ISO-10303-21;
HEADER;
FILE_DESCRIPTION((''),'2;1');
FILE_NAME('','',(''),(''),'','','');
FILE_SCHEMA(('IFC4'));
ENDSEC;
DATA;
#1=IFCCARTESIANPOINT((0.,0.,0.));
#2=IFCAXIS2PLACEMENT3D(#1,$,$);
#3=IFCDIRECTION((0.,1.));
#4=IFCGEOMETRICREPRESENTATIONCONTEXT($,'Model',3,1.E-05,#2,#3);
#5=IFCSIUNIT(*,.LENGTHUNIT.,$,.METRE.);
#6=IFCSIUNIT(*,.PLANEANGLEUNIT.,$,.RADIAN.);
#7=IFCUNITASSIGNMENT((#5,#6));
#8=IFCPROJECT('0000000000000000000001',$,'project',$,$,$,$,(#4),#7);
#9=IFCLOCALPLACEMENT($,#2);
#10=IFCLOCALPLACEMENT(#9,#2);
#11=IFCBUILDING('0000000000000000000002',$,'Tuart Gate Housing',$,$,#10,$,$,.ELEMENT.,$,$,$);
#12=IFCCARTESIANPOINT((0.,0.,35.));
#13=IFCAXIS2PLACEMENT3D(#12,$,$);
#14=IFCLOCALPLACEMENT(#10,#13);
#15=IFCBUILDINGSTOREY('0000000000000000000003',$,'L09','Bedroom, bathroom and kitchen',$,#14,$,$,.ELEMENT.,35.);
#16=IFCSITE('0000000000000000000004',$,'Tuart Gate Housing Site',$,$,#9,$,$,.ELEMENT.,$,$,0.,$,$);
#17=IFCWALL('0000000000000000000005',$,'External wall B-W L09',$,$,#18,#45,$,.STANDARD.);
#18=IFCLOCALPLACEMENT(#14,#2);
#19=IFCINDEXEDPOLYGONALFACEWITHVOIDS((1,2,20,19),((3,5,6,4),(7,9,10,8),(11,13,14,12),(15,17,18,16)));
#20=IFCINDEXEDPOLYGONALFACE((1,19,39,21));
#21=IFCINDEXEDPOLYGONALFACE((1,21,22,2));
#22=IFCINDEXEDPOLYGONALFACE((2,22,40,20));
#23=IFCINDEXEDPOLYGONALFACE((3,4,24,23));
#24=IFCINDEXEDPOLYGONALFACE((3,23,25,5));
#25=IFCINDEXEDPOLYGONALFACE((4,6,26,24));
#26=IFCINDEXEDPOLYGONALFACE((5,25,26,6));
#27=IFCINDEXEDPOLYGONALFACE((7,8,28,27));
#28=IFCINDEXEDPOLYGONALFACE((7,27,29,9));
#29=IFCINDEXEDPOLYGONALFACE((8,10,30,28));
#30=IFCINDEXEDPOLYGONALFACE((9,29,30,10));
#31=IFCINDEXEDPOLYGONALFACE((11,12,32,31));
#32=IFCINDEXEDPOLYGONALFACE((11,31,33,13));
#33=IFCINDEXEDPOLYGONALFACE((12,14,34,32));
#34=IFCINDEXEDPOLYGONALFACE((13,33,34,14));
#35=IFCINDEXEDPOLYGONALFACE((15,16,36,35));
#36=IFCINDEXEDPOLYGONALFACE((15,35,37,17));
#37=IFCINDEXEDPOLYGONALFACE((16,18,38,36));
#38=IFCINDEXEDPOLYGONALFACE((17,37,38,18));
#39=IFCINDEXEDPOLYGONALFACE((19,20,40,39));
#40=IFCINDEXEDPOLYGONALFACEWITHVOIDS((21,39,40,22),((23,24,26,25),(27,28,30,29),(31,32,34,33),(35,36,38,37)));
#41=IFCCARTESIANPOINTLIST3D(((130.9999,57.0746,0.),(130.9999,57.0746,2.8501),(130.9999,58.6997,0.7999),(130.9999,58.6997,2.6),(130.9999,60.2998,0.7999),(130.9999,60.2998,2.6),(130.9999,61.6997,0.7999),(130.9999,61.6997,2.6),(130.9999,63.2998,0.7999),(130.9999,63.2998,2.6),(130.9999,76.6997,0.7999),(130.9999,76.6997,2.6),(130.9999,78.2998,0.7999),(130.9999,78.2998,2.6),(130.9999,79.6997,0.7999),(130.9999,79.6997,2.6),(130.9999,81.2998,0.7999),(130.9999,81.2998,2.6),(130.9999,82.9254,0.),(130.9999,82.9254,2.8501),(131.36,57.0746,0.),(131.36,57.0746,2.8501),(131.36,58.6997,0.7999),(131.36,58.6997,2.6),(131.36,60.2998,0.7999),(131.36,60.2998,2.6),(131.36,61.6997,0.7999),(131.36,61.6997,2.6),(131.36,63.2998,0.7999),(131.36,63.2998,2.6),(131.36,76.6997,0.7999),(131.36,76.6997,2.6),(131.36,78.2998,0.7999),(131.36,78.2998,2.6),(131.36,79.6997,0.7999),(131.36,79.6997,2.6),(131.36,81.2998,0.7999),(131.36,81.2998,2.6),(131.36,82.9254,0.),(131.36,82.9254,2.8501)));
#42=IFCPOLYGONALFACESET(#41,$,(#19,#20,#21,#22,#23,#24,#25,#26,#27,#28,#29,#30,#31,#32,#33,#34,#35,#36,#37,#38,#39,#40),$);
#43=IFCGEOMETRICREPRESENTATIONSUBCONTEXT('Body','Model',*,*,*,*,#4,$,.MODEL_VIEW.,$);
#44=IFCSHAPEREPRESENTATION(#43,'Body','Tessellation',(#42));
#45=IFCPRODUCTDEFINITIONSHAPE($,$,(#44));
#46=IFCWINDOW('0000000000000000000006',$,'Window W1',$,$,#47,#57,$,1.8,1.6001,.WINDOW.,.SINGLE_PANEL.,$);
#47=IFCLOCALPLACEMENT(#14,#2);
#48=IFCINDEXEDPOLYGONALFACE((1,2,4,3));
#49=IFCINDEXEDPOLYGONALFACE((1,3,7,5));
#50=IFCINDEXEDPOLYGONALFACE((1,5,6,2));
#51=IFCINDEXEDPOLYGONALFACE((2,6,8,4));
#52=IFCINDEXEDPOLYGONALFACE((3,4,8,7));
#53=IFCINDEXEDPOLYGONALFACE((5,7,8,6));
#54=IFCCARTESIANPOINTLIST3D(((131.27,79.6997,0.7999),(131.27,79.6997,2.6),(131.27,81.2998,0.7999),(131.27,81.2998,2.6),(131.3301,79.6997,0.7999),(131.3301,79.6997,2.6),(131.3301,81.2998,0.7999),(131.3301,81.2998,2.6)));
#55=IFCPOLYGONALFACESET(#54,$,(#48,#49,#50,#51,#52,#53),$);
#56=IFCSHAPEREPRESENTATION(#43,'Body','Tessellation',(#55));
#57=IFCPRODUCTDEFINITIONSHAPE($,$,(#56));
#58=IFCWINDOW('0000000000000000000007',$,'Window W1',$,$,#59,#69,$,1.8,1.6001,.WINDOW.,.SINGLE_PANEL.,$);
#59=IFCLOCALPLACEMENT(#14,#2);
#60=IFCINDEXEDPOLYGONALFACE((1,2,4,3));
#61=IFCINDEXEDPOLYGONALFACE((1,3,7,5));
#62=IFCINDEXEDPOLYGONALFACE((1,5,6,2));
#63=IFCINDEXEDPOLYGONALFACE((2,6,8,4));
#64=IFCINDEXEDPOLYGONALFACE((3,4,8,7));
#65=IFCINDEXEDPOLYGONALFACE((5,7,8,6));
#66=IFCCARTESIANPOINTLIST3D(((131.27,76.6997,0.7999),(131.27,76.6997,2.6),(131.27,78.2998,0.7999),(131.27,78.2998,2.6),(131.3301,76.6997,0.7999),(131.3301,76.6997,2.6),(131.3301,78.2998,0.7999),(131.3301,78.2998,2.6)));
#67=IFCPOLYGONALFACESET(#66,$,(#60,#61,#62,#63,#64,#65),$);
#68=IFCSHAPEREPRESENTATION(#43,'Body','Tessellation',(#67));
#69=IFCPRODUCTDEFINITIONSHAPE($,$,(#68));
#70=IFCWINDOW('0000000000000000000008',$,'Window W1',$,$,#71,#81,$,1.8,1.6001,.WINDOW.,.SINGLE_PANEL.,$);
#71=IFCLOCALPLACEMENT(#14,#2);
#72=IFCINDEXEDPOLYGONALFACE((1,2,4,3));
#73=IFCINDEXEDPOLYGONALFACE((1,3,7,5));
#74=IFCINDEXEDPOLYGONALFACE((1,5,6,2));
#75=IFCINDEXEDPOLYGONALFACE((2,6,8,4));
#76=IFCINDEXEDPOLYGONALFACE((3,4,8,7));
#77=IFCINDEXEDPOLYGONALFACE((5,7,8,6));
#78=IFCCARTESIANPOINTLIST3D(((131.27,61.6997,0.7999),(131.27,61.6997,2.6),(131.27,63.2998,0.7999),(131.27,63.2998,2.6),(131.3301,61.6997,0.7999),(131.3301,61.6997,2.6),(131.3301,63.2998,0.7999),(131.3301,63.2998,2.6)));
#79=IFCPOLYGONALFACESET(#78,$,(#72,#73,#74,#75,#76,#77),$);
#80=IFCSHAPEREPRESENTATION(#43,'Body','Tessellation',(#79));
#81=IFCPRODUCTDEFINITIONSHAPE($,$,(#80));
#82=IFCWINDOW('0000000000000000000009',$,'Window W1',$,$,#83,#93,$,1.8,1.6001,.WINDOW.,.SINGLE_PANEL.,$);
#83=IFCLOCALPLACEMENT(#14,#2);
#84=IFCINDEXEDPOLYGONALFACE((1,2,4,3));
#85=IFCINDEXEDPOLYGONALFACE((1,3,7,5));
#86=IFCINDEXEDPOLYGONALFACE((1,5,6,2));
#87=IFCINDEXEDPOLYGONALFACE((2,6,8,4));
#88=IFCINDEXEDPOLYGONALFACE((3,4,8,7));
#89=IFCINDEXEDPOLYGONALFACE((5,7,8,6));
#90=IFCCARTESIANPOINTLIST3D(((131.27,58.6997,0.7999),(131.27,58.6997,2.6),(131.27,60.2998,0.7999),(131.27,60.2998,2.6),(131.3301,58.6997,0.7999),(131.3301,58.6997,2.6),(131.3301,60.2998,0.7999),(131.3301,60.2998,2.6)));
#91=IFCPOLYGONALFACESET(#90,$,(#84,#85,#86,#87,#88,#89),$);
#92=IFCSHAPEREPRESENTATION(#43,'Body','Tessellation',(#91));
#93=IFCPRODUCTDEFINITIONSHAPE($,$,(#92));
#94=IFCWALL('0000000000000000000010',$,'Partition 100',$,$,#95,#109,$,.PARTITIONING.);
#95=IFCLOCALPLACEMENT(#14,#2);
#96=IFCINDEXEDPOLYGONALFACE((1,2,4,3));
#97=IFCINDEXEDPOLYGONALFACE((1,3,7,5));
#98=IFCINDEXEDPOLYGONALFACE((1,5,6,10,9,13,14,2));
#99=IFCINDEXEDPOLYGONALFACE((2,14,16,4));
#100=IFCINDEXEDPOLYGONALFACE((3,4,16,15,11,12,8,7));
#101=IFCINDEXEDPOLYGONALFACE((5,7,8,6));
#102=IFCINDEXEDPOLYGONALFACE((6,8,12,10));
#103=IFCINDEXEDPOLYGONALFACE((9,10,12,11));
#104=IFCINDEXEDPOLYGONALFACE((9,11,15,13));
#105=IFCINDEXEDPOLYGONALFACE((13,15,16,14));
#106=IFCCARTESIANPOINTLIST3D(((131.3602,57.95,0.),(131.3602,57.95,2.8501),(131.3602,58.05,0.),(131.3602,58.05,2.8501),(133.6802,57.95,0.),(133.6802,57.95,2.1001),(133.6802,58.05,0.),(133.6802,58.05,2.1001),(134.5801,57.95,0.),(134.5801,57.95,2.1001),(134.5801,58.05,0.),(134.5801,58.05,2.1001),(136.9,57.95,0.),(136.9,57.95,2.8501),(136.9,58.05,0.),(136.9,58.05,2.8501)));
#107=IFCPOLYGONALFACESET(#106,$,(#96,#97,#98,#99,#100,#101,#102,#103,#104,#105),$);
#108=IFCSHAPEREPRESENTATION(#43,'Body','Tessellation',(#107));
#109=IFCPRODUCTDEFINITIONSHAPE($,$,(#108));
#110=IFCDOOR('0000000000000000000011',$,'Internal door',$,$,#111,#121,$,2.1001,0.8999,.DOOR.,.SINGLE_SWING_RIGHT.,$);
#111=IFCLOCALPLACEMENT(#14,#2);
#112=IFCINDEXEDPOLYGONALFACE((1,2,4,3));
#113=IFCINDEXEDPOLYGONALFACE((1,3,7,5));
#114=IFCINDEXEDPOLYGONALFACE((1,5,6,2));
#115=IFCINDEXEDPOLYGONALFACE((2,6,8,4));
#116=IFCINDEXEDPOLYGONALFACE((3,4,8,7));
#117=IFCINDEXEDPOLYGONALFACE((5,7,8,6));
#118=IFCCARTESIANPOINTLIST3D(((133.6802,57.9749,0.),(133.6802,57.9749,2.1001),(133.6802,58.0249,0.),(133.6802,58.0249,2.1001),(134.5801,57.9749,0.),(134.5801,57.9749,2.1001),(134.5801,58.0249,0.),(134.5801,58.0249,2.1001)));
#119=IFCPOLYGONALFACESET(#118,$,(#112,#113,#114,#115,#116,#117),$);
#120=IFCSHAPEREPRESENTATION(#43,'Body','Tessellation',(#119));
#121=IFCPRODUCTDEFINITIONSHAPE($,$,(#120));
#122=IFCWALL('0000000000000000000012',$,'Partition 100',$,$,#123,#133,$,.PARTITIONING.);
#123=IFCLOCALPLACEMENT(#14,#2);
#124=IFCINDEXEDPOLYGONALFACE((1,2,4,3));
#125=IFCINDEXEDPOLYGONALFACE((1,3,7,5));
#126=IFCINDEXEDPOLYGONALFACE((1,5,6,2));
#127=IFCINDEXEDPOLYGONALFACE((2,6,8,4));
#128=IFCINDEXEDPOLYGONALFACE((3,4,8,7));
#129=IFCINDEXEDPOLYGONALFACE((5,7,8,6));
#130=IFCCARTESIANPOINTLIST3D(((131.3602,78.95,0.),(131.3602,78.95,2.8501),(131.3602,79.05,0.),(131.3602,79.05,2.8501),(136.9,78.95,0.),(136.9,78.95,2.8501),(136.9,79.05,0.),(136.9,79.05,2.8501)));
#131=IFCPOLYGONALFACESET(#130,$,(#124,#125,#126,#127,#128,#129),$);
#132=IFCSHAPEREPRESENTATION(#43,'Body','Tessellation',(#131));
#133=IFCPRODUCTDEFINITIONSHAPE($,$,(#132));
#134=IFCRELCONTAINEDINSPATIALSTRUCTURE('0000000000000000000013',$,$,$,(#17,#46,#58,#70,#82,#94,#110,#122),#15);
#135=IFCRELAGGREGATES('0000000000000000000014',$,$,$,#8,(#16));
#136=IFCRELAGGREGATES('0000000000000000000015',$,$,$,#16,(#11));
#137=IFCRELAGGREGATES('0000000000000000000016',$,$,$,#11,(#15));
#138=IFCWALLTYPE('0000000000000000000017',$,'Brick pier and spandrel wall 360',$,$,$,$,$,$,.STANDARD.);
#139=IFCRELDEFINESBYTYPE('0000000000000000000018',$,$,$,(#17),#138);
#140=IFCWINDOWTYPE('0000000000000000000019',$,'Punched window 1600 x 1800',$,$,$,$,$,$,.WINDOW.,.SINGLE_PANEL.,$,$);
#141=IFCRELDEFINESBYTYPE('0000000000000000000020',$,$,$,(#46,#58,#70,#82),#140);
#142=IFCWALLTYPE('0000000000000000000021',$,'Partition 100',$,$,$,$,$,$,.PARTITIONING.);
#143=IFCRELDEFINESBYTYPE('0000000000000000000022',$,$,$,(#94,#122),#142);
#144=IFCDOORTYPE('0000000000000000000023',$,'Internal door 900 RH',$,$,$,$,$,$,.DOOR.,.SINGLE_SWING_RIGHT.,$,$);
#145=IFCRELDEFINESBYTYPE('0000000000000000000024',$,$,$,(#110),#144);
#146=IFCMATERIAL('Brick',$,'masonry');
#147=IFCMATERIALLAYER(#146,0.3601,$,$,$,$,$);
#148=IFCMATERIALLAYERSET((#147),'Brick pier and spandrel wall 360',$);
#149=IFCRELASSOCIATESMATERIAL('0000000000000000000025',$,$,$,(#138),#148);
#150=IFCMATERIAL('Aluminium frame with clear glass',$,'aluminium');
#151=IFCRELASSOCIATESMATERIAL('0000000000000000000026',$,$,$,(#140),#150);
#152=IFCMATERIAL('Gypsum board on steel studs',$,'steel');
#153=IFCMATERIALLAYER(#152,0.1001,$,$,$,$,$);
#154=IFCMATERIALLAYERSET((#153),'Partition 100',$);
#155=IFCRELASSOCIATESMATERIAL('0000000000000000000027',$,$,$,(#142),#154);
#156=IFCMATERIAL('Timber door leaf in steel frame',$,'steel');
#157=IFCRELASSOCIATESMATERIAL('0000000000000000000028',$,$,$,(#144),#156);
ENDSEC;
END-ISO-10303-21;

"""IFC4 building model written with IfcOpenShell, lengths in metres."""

from ifc_helpers import new_model, si_unit, direction, frame, frame_2d, origin, place, context, subcontext, project, spatial, rectangle, extrude, material, layer, layer_set, type_object, element, fill, save


model = new_model("IFC4")

# Units and contexts
model_context = context("Model", 3, precision=1e-05, world=origin(), true_north=direction((0.0, 1.0)))
body_context = subcontext(model_context, "Body", "Model", "MODEL_VIEW")
ifc_project = project(units=[si_unit("LENGTHUNIT", "METRE"), si_unit("PLANEANGLEUNIT", "RADIAN")], contexts=[model_context])

# Site, building, storey
site_placement = place(None, origin())
site = spatial("IfcSite", under=ifc_project, at=site_placement, Name="Tuart Gate Housing Site", CompositionType="ELEMENT", RefElevation=0.0)
building_placement = place(site_placement, origin())
building = spatial("IfcBuilding", under=site, at=building_placement, Name="Tuart Gate Housing", CompositionType="ELEMENT")
storey_placement = place(building_placement, frame((0.0, 0.0, 35.0)))
storey = spatial("IfcBuildingStorey", under=building, at=storey_placement, Name="L09", Description="Bedroom, bathroom and kitchen", CompositionType="ELEMENT", Elevation=35.0)

# Shared definitions
ifc_material_1 = material(Name="Brick", Category="masonry")
ifc_layer_1 = layer(ifc_material_1, 0.3601)
ifc_layer_set_1 = layer_set([ifc_layer_1], Name="Brick pier and spandrel wall 360")
wall_type_1 = type_object("IfcWallType", Name="Brick pier and spandrel wall 360", PredefinedType="STANDARD", material=ifc_layer_set_1)
ifc_material_2 = material(Name="Aluminium frame with clear glass", Category="aluminium")
window_type = type_object("IfcWindowType", Name="Punched window 1600 x 1800", PartitioningType="SINGLE_PANEL", PredefinedType="WINDOW", material=ifc_material_2)

# Wall, openings, windows
wall_1_placement = place(storey_placement, frame((131.1799, 82.9253, 0.0), z_axis=(0.0, 0.0, 1.0), x_axis=(0.0, -1.0, 0.0)))
wall_1 = element("IfcWall", 1, at=wall_1_placement, inside=storey, type_object=wall_type_1, Name="External wall B-W L09", PredefinedType="STANDARD", context=body_context, shape_type="SweptSolid", body=[
    extrude(rectangle(XDim=25.8508, YDim=0.3601, at=frame_2d((12.9253, 0.0))), origin(), (0.0, 0.0, 1.0), 2.8501),
])
opening_1_placement = place(wall_1_placement, frame((1.6255, 0.0, 0.8)))
opening_1 = element("IfcOpeningElement", 2, at=opening_1_placement, cuts=wall_1, PredefinedType="OPENING", context=body_context, shape_type="SweptSolid", body=[
    extrude(rectangle(XDim=1.6001, YDim=1.8, at=frame_2d((0.8, 0.8999))), frame((0.0, 0.1899, 0.0), z_axis=(0.0, -1.0, 0.0), x_axis=(1.0, 0.0, 0.0)), (0.0, 0.0, 1.0), 0.3801),
])
opening_2_placement = place(wall_1_placement, frame((4.6255, 0.0, 0.8)))
opening_2 = element("IfcOpeningElement", 3, at=opening_2_placement, cuts=wall_1, PredefinedType="OPENING", context=body_context, shape_type="SweptSolid", body=[
    extrude(rectangle(XDim=1.6001, YDim=1.8, at=frame_2d((0.8, 0.8999))), frame((0.0, 0.1899, 0.0), z_axis=(0.0, -1.0, 0.0), x_axis=(1.0, 0.0, 0.0)), (0.0, 0.0, 1.0), 0.3801),
])
opening_3_placement = place(wall_1_placement, frame((19.6255, 0.0, 0.8)))
opening_3 = element("IfcOpeningElement", 4, at=opening_3_placement, cuts=wall_1, PredefinedType="OPENING", context=body_context, shape_type="SweptSolid", body=[
    extrude(rectangle(XDim=1.6001, YDim=1.8, at=frame_2d((0.8, 0.8999))), frame((0.0, 0.1899, 0.0), z_axis=(0.0, -1.0, 0.0), x_axis=(1.0, 0.0, 0.0)), (0.0, 0.0, 1.0), 0.3801),
])
opening_4_placement = place(wall_1_placement, frame((22.6255, 0.0, 0.8)))
opening_4 = element("IfcOpeningElement", 5, at=opening_4_placement, cuts=wall_1, PredefinedType="OPENING", context=body_context, shape_type="SweptSolid", body=[
    extrude(rectangle(XDim=1.6001, YDim=1.8, at=frame_2d((0.8, 0.8999))), frame((0.0, 0.1899, 0.0), z_axis=(0.0, -1.0, 0.0), x_axis=(1.0, 0.0, 0.0)), (0.0, 0.0, 1.0), 0.3801),
])
window_1_placement = place(opening_1_placement, origin())
window_1 = element("IfcWindow", 6, at=window_1_placement, inside=storey, type_object=window_type, Name="Window W1", OverallHeight=1.8, OverallWidth=1.6001, PartitioningType="SINGLE_PANEL", PredefinedType="WINDOW", context=body_context, shape_type="SweptSolid", body=[
    extrude(rectangle(XDim=1.6001, YDim=1.8, at=frame_2d((0.8, 0.8999))), frame((0.0, 0.1501, 0.0), z_axis=(0.0, -1.0, 0.0), x_axis=(1.0, 0.0, 0.0)), (0.0, 0.0, 1.0), 0.0601),
])
fill(opening_1, window_1)
window_2_placement = place(opening_2_placement, origin())
window_2 = element("IfcWindow", 7, at=window_2_placement, inside=storey, type_object=window_type, Name="Window W1", OverallHeight=1.8, OverallWidth=1.6001, PartitioningType="SINGLE_PANEL", PredefinedType="WINDOW", context=body_context, shape_type="SweptSolid", body=[
    extrude(rectangle(XDim=1.6001, YDim=1.8, at=frame_2d((0.8, 0.8999))), frame((0.0, 0.1501, 0.0), z_axis=(0.0, -1.0, 0.0), x_axis=(1.0, 0.0, 0.0)), (0.0, 0.0, 1.0), 0.0601),
])
fill(opening_2, window_2)
window_3_placement = place(opening_3_placement, origin())
window_3 = element("IfcWindow", 8, at=window_3_placement, inside=storey, type_object=window_type, Name="Window W1", OverallHeight=1.8, OverallWidth=1.6001, PartitioningType="SINGLE_PANEL", PredefinedType="WINDOW", context=body_context, shape_type="SweptSolid", body=[
    extrude(rectangle(XDim=1.6001, YDim=1.8, at=frame_2d((0.8, 0.8999))), frame((0.0, 0.1501, 0.0), z_axis=(0.0, -1.0, 0.0), x_axis=(1.0, 0.0, 0.0)), (0.0, 0.0, 1.0), 0.0601),
])
fill(opening_3, window_3)
window_4_placement = place(opening_4_placement, origin())
window_4 = element("IfcWindow", 9, at=window_4_placement, inside=storey, type_object=window_type, Name="Window W1", OverallHeight=1.8, OverallWidth=1.6001, PartitioningType="SINGLE_PANEL", PredefinedType="WINDOW", context=body_context, shape_type="SweptSolid", body=[
    extrude(rectangle(XDim=1.6001, YDim=1.8, at=frame_2d((0.8, 0.8999))), frame((0.0, 0.1501, 0.0), z_axis=(0.0, -1.0, 0.0), x_axis=(1.0, 0.0, 0.0)), (0.0, 0.0, 1.0), 0.0601),
])
fill(opening_4, window_4)

# Wall, opening, door
ifc_material_3 = material(Name="Gypsum board on steel studs", Category="steel")
ifc_layer_2 = layer(ifc_material_3, 0.1001)
ifc_layer_set_2 = layer_set([ifc_layer_2], Name="Partition 100")
wall_type_2 = type_object("IfcWallType", Name="Partition 100", PredefinedType="PARTITIONING", material=ifc_layer_set_2)
wall_2_placement = place(storey_placement, frame((131.3601, 58.0, 0.0), z_axis=(0.0, 0.0, 1.0), x_axis=(1.0, 0.0, 0.0)))
wall_2 = element("IfcWall", 10, at=wall_2_placement, inside=storey, type_object=wall_type_2, Name="Partition 100", PredefinedType="PARTITIONING", context=body_context, shape_type="SweptSolid", body=[
    extrude(rectangle(XDim=5.5398, YDim=0.1001, at=frame_2d((2.77, 0.0))), origin(), (0.0, 0.0, 1.0), 2.8501),
])
opening_5_placement = place(wall_2_placement, frame((2.3201, 0.0, 0.0)))
opening_5 = element("IfcOpeningElement", 11, at=opening_5_placement, cuts=wall_2, PredefinedType="OPENING", context=body_context, shape_type="SweptSolid", body=[
    extrude(rectangle(XDim=0.8999, YDim=2.1001, at=frame_2d((0.45, 1.05))), frame((0.0, 0.0601, 0.0), z_axis=(0.0, -1.0, 0.0), x_axis=(1.0, 0.0, 0.0)), (0.0, 0.0, 1.0), 0.1201),
])
ifc_material_4 = material(Name="Timber door leaf in steel frame", Category="steel")
door_type = type_object("IfcDoorType", Name="Internal door 900 RH", OperationType="SINGLE_SWING_RIGHT", PredefinedType="DOOR", material=ifc_material_4)
door_placement = place(opening_5_placement, frame((0.8999, 0.0, 0.0), z_axis=(0.0, 0.0, 1.0), x_axis=(-1.0, 0.0, 0.0)))
door = element("IfcDoor", 12, at=door_placement, inside=storey, type_object=door_type, Name="Internal door", OperationType="SINGLE_SWING_RIGHT", OverallHeight=2.1001, OverallWidth=0.8999, PredefinedType="DOOR", context=body_context, shape_type="SweptSolid", body=[
    extrude(rectangle(XDim=0.8999, YDim=2.1001, at=frame_2d((0.45, 1.05))), frame((0.0, 0.0251, 0.0), z_axis=(0.0, -1.0, 0.0), x_axis=(1.0, 0.0, 0.0)), (0.0, 0.0, 1.0), 0.05),
])
fill(opening_5, door)

# Wall
wall_3_placement = place(storey_placement, frame((131.3601, 79.0, 0.0), z_axis=(0.0, 0.0, 1.0), x_axis=(1.0, 0.0, 0.0)))
element("IfcWall", 13, at=wall_3_placement, inside=storey, type_object=wall_type_2, Name="Partition 100", PredefinedType="PARTITIONING", context=body_context, shape_type="SweptSolid", body=[
    extrude(rectangle(XDim=5.5398, YDim=0.1001, at=frame_2d((2.77, 0.0))), origin(), (0.0, 0.0, 1.0), 2.8501),
])

save(model, "model.ifc")
